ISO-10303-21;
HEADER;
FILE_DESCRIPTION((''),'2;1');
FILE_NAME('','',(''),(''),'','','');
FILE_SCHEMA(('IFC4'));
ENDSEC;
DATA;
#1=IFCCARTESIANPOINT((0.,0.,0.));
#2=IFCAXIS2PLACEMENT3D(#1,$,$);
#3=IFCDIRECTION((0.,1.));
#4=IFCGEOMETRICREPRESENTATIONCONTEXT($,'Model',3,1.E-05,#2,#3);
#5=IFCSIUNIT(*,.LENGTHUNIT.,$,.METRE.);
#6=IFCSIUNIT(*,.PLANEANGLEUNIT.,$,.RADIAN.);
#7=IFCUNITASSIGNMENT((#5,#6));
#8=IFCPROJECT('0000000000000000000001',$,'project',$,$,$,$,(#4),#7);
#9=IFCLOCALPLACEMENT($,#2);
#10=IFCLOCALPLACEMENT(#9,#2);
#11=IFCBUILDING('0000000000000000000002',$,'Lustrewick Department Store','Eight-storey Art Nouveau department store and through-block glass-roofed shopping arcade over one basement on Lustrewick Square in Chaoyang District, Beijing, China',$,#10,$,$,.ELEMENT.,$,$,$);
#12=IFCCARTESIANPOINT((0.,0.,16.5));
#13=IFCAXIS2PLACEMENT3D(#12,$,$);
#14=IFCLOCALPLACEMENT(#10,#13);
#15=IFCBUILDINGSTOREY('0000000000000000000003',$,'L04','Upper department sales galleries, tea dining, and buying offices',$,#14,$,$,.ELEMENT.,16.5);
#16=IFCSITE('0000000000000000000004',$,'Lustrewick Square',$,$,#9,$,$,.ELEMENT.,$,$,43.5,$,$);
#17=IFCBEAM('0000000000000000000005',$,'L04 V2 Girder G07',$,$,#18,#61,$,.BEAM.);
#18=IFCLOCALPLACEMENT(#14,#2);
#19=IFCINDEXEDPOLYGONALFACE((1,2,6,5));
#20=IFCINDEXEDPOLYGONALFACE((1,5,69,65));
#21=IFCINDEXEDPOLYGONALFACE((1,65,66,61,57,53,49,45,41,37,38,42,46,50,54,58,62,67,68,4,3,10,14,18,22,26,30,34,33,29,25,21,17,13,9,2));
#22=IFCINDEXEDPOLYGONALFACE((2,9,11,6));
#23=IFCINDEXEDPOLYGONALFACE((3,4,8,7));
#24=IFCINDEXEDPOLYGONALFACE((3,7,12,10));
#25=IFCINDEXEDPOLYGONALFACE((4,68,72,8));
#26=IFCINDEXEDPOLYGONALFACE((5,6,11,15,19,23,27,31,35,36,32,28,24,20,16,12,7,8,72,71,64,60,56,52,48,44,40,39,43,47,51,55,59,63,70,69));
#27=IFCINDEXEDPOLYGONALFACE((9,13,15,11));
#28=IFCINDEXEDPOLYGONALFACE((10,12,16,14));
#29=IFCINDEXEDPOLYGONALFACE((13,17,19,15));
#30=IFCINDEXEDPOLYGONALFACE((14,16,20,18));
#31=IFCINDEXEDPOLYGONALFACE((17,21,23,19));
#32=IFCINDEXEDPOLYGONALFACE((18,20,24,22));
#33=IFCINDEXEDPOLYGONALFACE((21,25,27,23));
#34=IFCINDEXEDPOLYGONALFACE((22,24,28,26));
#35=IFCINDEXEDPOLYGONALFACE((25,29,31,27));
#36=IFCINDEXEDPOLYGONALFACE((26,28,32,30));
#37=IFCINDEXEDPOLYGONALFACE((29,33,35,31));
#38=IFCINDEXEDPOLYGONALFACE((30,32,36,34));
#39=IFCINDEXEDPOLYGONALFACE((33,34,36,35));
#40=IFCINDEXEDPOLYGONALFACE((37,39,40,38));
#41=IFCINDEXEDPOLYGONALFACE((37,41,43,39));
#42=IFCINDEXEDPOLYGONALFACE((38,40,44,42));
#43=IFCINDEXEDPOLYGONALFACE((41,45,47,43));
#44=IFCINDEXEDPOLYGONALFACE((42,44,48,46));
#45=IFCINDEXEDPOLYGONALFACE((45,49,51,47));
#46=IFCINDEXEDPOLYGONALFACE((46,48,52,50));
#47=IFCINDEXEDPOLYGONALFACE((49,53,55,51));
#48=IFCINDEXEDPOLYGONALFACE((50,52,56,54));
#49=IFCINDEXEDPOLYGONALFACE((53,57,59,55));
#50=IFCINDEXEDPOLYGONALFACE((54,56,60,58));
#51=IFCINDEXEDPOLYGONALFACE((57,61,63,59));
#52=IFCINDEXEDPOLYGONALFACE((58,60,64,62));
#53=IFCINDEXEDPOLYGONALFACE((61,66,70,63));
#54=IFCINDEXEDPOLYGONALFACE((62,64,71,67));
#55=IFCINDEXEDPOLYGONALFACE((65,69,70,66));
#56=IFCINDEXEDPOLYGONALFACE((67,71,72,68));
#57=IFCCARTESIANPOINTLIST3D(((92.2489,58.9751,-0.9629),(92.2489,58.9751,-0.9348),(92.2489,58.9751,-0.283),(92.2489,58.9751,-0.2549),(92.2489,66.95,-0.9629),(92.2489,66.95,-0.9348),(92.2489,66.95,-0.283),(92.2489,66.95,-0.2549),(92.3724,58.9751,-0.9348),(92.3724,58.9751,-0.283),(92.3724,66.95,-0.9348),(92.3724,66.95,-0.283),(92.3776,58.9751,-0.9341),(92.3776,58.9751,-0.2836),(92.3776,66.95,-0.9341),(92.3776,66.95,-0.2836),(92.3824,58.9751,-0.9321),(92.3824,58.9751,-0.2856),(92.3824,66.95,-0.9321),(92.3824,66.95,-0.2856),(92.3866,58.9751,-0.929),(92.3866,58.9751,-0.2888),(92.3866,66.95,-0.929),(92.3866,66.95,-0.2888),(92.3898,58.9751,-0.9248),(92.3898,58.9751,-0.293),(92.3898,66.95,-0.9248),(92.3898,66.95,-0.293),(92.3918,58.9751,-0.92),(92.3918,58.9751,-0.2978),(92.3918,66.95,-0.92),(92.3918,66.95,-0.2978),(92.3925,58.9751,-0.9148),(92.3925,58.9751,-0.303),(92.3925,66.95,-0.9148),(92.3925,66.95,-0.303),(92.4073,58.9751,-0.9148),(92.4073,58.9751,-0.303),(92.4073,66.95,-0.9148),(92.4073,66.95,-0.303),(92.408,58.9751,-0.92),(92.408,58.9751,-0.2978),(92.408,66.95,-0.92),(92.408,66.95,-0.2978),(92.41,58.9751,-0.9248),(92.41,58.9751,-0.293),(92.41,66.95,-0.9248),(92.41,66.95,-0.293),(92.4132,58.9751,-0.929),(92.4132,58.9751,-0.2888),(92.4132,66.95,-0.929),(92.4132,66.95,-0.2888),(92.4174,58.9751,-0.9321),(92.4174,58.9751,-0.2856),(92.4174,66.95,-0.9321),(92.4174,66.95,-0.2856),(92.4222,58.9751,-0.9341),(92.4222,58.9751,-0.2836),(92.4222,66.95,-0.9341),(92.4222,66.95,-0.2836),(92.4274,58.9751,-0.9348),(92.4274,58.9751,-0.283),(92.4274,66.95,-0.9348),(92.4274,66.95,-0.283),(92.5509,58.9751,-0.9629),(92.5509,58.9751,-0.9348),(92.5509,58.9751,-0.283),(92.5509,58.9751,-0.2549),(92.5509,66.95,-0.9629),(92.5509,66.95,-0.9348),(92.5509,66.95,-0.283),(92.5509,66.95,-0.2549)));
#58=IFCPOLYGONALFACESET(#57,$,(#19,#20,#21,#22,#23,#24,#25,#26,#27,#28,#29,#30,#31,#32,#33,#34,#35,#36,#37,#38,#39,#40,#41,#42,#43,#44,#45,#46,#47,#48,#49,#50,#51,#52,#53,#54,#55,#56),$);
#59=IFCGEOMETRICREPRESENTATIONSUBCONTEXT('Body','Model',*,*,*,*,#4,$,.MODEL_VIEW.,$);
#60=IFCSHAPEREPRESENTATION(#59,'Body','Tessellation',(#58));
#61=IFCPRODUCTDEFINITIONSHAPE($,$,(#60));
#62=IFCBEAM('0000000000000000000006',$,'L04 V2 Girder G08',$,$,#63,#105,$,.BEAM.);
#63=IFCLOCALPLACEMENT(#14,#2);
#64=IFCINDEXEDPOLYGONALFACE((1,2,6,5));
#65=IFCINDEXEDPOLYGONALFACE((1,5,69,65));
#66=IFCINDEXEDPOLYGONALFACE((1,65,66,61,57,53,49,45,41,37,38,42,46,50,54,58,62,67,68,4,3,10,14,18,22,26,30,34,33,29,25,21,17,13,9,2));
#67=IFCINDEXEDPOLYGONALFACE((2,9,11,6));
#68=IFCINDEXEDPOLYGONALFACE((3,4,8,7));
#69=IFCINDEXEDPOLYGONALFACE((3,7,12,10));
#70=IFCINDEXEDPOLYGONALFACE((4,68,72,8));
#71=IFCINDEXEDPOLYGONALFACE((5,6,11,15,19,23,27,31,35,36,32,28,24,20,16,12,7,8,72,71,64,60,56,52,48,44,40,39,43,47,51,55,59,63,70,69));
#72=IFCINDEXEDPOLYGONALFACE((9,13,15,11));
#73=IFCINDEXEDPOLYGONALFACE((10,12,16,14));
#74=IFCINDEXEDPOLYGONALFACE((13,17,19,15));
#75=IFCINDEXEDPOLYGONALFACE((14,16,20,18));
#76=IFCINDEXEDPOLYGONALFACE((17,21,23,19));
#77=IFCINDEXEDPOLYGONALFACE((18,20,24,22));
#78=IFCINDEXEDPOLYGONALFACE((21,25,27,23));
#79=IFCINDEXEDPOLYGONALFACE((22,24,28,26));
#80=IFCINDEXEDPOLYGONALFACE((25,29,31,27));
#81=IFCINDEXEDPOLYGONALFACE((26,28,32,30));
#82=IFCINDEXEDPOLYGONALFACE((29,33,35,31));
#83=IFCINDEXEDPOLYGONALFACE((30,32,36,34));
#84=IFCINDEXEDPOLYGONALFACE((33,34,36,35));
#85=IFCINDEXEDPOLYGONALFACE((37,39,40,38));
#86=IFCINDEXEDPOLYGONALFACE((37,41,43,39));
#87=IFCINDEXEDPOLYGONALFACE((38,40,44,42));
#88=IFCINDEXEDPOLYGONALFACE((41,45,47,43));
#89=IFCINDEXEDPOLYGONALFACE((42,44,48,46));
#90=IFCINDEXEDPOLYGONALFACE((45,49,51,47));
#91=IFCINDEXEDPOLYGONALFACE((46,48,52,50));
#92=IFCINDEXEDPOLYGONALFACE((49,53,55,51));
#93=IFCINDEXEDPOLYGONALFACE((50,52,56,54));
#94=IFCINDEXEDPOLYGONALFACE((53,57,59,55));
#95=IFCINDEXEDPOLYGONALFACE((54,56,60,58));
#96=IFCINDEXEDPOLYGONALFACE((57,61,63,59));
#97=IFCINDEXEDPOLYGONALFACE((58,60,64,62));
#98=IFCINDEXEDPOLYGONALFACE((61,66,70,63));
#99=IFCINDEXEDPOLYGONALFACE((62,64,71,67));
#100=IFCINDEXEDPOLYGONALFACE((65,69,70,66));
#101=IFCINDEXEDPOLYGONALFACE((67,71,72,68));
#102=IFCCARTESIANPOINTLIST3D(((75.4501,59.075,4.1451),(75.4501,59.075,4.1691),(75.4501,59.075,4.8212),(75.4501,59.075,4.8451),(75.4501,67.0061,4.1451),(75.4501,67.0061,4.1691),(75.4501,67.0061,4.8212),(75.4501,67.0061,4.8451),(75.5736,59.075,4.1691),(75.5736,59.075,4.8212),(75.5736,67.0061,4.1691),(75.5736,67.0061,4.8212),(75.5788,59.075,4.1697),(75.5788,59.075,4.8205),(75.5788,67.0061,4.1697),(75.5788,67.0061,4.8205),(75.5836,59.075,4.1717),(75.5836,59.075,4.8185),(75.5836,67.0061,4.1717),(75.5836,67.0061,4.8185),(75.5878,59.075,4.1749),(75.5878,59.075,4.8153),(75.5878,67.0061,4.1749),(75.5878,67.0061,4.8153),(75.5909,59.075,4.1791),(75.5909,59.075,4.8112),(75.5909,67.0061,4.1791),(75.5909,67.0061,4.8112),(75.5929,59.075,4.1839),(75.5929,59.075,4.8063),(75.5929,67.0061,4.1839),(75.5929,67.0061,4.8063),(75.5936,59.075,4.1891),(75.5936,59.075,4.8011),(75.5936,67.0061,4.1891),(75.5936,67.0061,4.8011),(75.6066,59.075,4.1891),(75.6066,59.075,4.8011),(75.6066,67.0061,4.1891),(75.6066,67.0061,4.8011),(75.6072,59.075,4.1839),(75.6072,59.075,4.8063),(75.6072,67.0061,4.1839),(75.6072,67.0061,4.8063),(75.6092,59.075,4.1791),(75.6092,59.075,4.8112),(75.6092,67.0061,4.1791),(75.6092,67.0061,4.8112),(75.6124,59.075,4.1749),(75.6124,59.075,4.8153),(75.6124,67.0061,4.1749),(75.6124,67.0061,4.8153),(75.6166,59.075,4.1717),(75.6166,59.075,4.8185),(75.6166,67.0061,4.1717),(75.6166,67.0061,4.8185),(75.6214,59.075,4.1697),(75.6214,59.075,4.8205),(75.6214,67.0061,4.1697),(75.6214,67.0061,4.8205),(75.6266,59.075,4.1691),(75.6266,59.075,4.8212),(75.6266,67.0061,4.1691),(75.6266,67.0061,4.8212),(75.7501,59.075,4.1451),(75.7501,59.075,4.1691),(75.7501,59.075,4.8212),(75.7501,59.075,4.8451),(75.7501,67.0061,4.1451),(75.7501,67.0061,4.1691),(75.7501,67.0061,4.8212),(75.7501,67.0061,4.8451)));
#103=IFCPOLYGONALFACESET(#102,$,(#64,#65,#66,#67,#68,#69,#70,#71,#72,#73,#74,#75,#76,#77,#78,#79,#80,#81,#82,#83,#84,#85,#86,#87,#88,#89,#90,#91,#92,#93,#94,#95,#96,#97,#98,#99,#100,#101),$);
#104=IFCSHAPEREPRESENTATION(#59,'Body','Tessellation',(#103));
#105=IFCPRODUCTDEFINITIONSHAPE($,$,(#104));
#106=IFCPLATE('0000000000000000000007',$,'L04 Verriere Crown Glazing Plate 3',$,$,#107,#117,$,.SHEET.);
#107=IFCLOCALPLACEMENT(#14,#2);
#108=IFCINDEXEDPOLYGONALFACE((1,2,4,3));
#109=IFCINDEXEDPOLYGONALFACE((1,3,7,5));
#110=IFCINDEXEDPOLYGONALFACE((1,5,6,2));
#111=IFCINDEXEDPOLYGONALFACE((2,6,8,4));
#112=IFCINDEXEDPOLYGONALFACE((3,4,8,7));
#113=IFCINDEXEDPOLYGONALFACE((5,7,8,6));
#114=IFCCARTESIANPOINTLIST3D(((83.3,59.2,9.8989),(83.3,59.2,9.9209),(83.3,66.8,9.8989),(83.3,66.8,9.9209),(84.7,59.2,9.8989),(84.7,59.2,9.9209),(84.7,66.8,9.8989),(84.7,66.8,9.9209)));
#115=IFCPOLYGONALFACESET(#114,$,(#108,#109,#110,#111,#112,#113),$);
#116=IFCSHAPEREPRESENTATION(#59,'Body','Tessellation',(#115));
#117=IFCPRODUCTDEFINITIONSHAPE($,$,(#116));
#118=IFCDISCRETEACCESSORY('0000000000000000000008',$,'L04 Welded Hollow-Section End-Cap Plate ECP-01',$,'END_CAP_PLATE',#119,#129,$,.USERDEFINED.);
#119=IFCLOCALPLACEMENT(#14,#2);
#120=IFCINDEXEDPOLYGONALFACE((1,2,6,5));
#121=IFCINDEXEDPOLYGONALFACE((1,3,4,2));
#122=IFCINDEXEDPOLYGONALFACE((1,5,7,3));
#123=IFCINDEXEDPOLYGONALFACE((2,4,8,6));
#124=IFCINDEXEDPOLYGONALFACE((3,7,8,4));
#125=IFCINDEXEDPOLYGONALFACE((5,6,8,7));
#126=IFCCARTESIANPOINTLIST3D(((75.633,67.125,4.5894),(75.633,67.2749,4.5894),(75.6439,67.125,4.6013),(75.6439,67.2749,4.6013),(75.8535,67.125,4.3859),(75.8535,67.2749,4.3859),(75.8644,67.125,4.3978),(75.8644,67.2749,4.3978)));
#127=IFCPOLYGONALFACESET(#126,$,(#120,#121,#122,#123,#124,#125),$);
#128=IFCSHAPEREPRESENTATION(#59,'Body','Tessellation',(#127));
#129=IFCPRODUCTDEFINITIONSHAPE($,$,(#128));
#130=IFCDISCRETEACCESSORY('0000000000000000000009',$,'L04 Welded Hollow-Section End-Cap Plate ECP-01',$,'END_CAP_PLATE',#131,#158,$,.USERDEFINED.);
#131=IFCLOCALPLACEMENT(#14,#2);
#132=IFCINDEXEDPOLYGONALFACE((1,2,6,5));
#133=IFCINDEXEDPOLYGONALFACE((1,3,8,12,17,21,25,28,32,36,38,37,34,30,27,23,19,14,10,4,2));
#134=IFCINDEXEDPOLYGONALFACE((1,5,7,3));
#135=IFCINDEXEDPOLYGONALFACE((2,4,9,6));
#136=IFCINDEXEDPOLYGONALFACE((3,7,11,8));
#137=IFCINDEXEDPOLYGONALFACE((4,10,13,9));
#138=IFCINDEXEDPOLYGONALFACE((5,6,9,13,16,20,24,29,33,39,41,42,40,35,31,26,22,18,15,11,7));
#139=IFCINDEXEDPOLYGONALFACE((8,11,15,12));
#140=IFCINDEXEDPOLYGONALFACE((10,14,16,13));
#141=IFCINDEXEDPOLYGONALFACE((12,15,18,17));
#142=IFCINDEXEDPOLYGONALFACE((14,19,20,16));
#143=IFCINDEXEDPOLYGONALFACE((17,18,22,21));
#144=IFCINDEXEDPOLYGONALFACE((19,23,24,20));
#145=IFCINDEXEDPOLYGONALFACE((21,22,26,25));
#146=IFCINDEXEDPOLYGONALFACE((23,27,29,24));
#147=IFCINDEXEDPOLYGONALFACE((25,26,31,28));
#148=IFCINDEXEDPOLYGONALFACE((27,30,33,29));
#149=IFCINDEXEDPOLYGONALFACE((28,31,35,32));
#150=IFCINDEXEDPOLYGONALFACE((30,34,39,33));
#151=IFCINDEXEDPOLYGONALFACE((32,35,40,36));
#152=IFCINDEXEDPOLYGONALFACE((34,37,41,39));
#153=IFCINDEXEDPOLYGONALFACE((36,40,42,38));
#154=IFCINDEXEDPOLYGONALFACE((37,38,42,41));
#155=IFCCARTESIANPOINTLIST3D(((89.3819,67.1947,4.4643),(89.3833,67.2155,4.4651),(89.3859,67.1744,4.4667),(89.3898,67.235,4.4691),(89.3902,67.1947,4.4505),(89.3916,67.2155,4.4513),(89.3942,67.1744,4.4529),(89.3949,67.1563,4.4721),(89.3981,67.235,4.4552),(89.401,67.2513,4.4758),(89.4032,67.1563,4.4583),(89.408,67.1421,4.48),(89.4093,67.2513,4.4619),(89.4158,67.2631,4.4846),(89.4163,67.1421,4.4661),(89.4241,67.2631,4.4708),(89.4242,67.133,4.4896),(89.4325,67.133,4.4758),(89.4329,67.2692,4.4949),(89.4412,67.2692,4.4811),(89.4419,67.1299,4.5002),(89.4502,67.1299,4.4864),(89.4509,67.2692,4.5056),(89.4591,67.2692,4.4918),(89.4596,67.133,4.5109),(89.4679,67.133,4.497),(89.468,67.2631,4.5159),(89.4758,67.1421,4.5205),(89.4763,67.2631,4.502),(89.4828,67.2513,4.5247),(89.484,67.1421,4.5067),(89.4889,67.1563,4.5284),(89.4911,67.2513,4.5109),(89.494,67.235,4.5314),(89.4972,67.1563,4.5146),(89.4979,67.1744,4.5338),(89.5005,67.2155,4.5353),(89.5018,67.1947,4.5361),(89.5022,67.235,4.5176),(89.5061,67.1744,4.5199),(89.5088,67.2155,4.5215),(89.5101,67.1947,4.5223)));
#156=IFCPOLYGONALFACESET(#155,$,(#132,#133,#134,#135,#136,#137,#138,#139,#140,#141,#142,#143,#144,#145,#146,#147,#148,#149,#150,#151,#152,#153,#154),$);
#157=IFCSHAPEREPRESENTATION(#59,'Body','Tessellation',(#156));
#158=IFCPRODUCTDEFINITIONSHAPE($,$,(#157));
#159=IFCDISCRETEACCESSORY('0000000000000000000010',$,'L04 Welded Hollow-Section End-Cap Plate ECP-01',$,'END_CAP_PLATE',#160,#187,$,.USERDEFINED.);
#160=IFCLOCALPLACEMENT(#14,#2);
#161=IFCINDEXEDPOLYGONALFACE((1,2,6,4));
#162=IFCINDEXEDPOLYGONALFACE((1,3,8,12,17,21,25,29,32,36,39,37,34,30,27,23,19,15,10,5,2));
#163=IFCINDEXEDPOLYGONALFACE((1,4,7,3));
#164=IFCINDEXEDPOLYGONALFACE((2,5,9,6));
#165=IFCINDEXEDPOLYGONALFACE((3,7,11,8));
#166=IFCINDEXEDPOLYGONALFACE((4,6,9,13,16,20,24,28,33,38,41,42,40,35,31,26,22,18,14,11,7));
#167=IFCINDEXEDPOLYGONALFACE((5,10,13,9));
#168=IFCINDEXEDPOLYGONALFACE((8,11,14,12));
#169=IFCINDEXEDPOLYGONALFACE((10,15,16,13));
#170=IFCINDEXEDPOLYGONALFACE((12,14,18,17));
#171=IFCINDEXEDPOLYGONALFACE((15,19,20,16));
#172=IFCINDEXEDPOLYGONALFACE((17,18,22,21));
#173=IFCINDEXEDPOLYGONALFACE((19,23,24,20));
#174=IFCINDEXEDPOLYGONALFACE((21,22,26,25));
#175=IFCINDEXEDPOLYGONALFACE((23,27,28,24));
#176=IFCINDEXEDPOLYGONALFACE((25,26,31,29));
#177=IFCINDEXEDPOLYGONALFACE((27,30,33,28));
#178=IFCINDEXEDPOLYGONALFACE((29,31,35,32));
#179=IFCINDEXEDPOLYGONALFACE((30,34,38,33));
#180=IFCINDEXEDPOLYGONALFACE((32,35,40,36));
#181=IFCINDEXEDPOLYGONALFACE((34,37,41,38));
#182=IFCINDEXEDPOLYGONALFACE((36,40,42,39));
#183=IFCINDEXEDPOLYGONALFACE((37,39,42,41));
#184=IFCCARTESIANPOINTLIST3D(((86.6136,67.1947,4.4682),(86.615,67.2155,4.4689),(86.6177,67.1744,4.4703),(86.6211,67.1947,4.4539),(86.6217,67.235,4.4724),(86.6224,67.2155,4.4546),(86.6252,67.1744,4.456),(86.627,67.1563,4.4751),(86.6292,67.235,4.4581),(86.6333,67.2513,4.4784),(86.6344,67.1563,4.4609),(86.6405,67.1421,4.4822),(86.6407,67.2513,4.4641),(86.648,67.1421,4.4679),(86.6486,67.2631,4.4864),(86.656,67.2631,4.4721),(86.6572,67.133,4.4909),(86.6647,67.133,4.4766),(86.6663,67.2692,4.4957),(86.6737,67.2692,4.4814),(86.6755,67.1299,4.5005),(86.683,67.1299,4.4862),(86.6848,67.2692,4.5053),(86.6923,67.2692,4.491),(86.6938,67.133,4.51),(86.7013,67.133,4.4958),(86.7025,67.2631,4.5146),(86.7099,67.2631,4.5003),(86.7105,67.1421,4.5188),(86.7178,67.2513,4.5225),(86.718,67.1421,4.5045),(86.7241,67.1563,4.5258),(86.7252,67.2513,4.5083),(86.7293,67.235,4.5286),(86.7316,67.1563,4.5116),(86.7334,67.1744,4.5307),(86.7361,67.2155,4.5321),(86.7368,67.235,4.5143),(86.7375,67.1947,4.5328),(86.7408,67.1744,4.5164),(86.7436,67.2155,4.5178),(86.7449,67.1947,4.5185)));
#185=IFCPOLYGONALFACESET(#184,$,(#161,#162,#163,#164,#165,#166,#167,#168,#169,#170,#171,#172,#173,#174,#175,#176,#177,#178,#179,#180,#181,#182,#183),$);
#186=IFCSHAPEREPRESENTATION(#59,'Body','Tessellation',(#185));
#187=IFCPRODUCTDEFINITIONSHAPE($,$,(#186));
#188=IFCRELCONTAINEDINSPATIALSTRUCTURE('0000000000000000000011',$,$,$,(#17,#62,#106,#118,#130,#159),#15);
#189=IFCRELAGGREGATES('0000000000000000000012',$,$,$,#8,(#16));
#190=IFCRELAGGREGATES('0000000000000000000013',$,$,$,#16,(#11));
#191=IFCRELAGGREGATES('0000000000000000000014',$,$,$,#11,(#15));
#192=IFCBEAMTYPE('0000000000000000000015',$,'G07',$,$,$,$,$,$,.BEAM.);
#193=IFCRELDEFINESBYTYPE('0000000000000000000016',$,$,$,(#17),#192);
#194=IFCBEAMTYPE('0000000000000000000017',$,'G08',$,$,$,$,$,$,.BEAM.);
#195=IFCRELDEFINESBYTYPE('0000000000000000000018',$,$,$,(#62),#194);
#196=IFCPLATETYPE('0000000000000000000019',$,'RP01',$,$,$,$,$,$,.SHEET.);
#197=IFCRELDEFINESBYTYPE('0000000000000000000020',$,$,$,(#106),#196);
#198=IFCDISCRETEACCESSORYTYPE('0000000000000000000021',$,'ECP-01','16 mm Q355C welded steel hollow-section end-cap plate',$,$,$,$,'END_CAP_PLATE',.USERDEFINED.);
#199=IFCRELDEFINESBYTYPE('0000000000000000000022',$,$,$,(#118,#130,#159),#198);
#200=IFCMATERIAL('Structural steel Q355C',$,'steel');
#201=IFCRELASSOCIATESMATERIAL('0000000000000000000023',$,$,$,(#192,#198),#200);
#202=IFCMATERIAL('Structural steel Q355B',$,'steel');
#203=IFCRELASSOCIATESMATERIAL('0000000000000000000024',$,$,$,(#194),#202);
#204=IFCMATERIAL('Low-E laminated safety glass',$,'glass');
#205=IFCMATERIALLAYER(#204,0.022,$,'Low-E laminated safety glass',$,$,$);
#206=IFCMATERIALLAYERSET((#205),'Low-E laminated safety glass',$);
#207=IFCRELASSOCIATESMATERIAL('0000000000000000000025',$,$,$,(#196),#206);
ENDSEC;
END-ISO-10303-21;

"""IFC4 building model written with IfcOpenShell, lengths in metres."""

from ifc_helpers import new_model, si_unit, direction, frame, origin, origin_2d, place, context, subcontext, project, spatial, rectangle, circle, i_section, extrude, material, layer, layer_set, material_profile, profile_set, type_object, element, save


model = new_model("IFC4")

# Units and contexts
model_context = context("Model", 3, precision=1e-05, world=origin(), true_north=direction((0.0, 1.0)))
body_context = subcontext(model_context, "Body", "Model", "MODEL_VIEW")
ifc_project = project(units=[si_unit("LENGTHUNIT", "METRE"), si_unit("PLANEANGLEUNIT", "RADIAN")], contexts=[model_context])

# Site, building, storey
site_placement = place(None, origin())
site = spatial("IfcSite", under=ifc_project, at=site_placement, Name="Lustrewick Square", CompositionType="ELEMENT", RefElevation=43.5)
building_placement = place(site_placement, origin())
building = spatial("IfcBuilding", under=site, at=building_placement, Name="Lustrewick Department Store", Description="Eight-storey Art Nouveau department store and through-block glass-roofed shopping arcade over one basement on Lustrewick Square in Chaoyang District, Beijing, China", CompositionType="ELEMENT")
storey_placement = place(building_placement, frame((0.0, 0.0, 16.5)))
storey = spatial("IfcBuildingStorey", under=building, at=storey_placement, Name="L04", Description="Upper department sales galleries, tea dining, and buying offices", CompositionType="ELEMENT", Elevation=16.5)

# Shared definitions
ifc_material_1 = material(Name="Structural steel Q355B", Category="steel")

# Shared definitions
ifc_material_2 = material(Name="Structural steel Q355C", Category="steel")

# Beams
ifc_material_profile_1 = material_profile(ifc_material_2, i_section(OverallWidth=0.302, OverallDepth=0.708, WebThickness=0.0149, FlangeThickness=0.0281, FilletRadius=0.02, at=origin_2d()), Name="HN 708x302x15x28")
ifc_profile_set_1 = profile_set([ifc_material_profile_1], Name="Structural steel Q355C")
beam_type_1 = type_object("IfcBeamType", Name="G07", PredefinedType="BEAM", material=ifc_profile_set_1)
beam_1_placement = place(storey_placement, frame((92.3999, 58.9751, -0.6089), z_axis=(0.0, 1.0, 0.0), x_axis=(-1.0, 0.0, 0.0)))
element("IfcBeam", 1, at=beam_1_placement, inside=storey, type_object=beam_type_1, Name="L04 V2 Girder G07", PredefinedType="BEAM", context=body_context, shape_type="SweptSolid", body=[
    extrude(i_section(OverallWidth=0.302, OverallDepth=0.708, WebThickness=0.0149, FlangeThickness=0.0281, FilletRadius=0.02, at=origin_2d()), origin(), (0.0, 0.0, 1.0), 7.9749),
])
ifc_material_profile_2 = material_profile(ifc_material_1, i_section(OverallWidth=0.3, OverallDepth=0.7, WebThickness=0.0129, FlangeThickness=0.0239, FilletRadius=0.02, at=origin_2d()), Name="HN 700x300x13x24")
ifc_profile_set_2 = profile_set([ifc_material_profile_2], Name="Structural steel Q355B")
beam_type_2 = type_object("IfcBeamType", Name="G08", PredefinedType="BEAM", material=ifc_profile_set_2)
beam_2_placement = place(storey_placement, frame((75.6001, 59.075, 4.4951), z_axis=(0.0, 1.0, 0.0), x_axis=(-1.0, 0.0, 0.0)))
element("IfcBeam", 2, at=beam_2_placement, inside=storey, type_object=beam_type_2, Name="L04 V2 Girder G08", PredefinedType="BEAM", context=body_context, shape_type="SweptSolid", body=[
    extrude(i_section(OverallWidth=0.3, OverallDepth=0.7, WebThickness=0.0129, FlangeThickness=0.0239, FilletRadius=0.02, at=origin_2d()), origin(), (0.0, 0.0, 1.0), 7.9312),
])

# Plate
ifc_material_3 = material(Name="Low-E laminated safety glass", Category="glass")
ifc_layer = layer(ifc_material_3, 0.022, Name="Low-E laminated safety glass")
ifc_layer_set = layer_set([ifc_layer], Name="Low-E laminated safety glass")
plate_type = type_object("IfcPlateType", Name="RP01", PredefinedType="SHEET", material=ifc_layer_set)
plate_placement = place(storey_placement, frame((84.0, 63.0, 9.8989), z_axis=(0.0, 0.0, 1.0), x_axis=(1.0, 0.0, 0.0)))
element("IfcPlate", 3, at=plate_placement, inside=storey, type_object=plate_type, Name="L04 Verriere Crown Glazing Plate 3", PredefinedType="SHEET", context=body_context, shape_type="SweptSolid", body=[
    extrude(rectangle(XDim=1.3999, YDim=7.6001, at=origin_2d()), origin(), (0.0, 0.0, 1.0), 0.022),
])

# Discrete accessories
discrete_accessory_type = type_object("IfcDiscreteAccessoryType", Name="ECP-01", Description="16 mm Q355C welded steel hollow-section end-cap plate", ElementType="END_CAP_PLATE", PredefinedType="USERDEFINED", material=ifc_material_2)
discrete_accessory_1_placement = place(storey_placement, frame((75.7542, 67.2, 4.4995), z_axis=(-0.678234, 0.0, -0.734846), x_axis=(0.0, 1.0, 0.0)))
element("IfcDiscreteAccessory", 4, at=discrete_accessory_1_placement, inside=storey, type_object=discrete_accessory_type, Name="L04 Welded Hollow-Section End-Cap Plate ECP-01", ObjectType="END_CAP_PLATE", PredefinedType="USERDEFINED", context=body_context, shape_type="SweptSolid", body=[
    extrude(rectangle(XDim=0.1499, YDim=0.3, at=origin_2d()), origin(), (0.0, 0.0, 1.0), 0.0161),
])
for number, where, z_axis, x_axis, name in (
    (5, (89.4419, 67.2, 4.5002), (0.513782, 0.0, -0.857921), (0.0, -1.0, 0.0), "L04 Welded Hollow-Section End-Cap Plate ECP-01"),
    (6, (86.6755, 67.2, 4.5005), (0.462788, 0.0, -0.886469), (0.0, -1.0, 0.0), "L04 Welded Hollow-Section End-Cap Plate ECP-01"),
):
    element("IfcDiscreteAccessory", number, at=place(storey_placement, frame(where, z_axis=z_axis, x_axis=x_axis)), inside=storey, type_object=discrete_accessory_type, Name=name, ObjectType="END_CAP_PLATE", PredefinedType="USERDEFINED", context=body_context, shape_type="SweptSolid", body=[
        extrude(circle(Radius=0.0701, at=origin_2d()), origin(), (0.0, 0.0, 1.0), 0.0161),
    ])

save(model, "model.ifc")
